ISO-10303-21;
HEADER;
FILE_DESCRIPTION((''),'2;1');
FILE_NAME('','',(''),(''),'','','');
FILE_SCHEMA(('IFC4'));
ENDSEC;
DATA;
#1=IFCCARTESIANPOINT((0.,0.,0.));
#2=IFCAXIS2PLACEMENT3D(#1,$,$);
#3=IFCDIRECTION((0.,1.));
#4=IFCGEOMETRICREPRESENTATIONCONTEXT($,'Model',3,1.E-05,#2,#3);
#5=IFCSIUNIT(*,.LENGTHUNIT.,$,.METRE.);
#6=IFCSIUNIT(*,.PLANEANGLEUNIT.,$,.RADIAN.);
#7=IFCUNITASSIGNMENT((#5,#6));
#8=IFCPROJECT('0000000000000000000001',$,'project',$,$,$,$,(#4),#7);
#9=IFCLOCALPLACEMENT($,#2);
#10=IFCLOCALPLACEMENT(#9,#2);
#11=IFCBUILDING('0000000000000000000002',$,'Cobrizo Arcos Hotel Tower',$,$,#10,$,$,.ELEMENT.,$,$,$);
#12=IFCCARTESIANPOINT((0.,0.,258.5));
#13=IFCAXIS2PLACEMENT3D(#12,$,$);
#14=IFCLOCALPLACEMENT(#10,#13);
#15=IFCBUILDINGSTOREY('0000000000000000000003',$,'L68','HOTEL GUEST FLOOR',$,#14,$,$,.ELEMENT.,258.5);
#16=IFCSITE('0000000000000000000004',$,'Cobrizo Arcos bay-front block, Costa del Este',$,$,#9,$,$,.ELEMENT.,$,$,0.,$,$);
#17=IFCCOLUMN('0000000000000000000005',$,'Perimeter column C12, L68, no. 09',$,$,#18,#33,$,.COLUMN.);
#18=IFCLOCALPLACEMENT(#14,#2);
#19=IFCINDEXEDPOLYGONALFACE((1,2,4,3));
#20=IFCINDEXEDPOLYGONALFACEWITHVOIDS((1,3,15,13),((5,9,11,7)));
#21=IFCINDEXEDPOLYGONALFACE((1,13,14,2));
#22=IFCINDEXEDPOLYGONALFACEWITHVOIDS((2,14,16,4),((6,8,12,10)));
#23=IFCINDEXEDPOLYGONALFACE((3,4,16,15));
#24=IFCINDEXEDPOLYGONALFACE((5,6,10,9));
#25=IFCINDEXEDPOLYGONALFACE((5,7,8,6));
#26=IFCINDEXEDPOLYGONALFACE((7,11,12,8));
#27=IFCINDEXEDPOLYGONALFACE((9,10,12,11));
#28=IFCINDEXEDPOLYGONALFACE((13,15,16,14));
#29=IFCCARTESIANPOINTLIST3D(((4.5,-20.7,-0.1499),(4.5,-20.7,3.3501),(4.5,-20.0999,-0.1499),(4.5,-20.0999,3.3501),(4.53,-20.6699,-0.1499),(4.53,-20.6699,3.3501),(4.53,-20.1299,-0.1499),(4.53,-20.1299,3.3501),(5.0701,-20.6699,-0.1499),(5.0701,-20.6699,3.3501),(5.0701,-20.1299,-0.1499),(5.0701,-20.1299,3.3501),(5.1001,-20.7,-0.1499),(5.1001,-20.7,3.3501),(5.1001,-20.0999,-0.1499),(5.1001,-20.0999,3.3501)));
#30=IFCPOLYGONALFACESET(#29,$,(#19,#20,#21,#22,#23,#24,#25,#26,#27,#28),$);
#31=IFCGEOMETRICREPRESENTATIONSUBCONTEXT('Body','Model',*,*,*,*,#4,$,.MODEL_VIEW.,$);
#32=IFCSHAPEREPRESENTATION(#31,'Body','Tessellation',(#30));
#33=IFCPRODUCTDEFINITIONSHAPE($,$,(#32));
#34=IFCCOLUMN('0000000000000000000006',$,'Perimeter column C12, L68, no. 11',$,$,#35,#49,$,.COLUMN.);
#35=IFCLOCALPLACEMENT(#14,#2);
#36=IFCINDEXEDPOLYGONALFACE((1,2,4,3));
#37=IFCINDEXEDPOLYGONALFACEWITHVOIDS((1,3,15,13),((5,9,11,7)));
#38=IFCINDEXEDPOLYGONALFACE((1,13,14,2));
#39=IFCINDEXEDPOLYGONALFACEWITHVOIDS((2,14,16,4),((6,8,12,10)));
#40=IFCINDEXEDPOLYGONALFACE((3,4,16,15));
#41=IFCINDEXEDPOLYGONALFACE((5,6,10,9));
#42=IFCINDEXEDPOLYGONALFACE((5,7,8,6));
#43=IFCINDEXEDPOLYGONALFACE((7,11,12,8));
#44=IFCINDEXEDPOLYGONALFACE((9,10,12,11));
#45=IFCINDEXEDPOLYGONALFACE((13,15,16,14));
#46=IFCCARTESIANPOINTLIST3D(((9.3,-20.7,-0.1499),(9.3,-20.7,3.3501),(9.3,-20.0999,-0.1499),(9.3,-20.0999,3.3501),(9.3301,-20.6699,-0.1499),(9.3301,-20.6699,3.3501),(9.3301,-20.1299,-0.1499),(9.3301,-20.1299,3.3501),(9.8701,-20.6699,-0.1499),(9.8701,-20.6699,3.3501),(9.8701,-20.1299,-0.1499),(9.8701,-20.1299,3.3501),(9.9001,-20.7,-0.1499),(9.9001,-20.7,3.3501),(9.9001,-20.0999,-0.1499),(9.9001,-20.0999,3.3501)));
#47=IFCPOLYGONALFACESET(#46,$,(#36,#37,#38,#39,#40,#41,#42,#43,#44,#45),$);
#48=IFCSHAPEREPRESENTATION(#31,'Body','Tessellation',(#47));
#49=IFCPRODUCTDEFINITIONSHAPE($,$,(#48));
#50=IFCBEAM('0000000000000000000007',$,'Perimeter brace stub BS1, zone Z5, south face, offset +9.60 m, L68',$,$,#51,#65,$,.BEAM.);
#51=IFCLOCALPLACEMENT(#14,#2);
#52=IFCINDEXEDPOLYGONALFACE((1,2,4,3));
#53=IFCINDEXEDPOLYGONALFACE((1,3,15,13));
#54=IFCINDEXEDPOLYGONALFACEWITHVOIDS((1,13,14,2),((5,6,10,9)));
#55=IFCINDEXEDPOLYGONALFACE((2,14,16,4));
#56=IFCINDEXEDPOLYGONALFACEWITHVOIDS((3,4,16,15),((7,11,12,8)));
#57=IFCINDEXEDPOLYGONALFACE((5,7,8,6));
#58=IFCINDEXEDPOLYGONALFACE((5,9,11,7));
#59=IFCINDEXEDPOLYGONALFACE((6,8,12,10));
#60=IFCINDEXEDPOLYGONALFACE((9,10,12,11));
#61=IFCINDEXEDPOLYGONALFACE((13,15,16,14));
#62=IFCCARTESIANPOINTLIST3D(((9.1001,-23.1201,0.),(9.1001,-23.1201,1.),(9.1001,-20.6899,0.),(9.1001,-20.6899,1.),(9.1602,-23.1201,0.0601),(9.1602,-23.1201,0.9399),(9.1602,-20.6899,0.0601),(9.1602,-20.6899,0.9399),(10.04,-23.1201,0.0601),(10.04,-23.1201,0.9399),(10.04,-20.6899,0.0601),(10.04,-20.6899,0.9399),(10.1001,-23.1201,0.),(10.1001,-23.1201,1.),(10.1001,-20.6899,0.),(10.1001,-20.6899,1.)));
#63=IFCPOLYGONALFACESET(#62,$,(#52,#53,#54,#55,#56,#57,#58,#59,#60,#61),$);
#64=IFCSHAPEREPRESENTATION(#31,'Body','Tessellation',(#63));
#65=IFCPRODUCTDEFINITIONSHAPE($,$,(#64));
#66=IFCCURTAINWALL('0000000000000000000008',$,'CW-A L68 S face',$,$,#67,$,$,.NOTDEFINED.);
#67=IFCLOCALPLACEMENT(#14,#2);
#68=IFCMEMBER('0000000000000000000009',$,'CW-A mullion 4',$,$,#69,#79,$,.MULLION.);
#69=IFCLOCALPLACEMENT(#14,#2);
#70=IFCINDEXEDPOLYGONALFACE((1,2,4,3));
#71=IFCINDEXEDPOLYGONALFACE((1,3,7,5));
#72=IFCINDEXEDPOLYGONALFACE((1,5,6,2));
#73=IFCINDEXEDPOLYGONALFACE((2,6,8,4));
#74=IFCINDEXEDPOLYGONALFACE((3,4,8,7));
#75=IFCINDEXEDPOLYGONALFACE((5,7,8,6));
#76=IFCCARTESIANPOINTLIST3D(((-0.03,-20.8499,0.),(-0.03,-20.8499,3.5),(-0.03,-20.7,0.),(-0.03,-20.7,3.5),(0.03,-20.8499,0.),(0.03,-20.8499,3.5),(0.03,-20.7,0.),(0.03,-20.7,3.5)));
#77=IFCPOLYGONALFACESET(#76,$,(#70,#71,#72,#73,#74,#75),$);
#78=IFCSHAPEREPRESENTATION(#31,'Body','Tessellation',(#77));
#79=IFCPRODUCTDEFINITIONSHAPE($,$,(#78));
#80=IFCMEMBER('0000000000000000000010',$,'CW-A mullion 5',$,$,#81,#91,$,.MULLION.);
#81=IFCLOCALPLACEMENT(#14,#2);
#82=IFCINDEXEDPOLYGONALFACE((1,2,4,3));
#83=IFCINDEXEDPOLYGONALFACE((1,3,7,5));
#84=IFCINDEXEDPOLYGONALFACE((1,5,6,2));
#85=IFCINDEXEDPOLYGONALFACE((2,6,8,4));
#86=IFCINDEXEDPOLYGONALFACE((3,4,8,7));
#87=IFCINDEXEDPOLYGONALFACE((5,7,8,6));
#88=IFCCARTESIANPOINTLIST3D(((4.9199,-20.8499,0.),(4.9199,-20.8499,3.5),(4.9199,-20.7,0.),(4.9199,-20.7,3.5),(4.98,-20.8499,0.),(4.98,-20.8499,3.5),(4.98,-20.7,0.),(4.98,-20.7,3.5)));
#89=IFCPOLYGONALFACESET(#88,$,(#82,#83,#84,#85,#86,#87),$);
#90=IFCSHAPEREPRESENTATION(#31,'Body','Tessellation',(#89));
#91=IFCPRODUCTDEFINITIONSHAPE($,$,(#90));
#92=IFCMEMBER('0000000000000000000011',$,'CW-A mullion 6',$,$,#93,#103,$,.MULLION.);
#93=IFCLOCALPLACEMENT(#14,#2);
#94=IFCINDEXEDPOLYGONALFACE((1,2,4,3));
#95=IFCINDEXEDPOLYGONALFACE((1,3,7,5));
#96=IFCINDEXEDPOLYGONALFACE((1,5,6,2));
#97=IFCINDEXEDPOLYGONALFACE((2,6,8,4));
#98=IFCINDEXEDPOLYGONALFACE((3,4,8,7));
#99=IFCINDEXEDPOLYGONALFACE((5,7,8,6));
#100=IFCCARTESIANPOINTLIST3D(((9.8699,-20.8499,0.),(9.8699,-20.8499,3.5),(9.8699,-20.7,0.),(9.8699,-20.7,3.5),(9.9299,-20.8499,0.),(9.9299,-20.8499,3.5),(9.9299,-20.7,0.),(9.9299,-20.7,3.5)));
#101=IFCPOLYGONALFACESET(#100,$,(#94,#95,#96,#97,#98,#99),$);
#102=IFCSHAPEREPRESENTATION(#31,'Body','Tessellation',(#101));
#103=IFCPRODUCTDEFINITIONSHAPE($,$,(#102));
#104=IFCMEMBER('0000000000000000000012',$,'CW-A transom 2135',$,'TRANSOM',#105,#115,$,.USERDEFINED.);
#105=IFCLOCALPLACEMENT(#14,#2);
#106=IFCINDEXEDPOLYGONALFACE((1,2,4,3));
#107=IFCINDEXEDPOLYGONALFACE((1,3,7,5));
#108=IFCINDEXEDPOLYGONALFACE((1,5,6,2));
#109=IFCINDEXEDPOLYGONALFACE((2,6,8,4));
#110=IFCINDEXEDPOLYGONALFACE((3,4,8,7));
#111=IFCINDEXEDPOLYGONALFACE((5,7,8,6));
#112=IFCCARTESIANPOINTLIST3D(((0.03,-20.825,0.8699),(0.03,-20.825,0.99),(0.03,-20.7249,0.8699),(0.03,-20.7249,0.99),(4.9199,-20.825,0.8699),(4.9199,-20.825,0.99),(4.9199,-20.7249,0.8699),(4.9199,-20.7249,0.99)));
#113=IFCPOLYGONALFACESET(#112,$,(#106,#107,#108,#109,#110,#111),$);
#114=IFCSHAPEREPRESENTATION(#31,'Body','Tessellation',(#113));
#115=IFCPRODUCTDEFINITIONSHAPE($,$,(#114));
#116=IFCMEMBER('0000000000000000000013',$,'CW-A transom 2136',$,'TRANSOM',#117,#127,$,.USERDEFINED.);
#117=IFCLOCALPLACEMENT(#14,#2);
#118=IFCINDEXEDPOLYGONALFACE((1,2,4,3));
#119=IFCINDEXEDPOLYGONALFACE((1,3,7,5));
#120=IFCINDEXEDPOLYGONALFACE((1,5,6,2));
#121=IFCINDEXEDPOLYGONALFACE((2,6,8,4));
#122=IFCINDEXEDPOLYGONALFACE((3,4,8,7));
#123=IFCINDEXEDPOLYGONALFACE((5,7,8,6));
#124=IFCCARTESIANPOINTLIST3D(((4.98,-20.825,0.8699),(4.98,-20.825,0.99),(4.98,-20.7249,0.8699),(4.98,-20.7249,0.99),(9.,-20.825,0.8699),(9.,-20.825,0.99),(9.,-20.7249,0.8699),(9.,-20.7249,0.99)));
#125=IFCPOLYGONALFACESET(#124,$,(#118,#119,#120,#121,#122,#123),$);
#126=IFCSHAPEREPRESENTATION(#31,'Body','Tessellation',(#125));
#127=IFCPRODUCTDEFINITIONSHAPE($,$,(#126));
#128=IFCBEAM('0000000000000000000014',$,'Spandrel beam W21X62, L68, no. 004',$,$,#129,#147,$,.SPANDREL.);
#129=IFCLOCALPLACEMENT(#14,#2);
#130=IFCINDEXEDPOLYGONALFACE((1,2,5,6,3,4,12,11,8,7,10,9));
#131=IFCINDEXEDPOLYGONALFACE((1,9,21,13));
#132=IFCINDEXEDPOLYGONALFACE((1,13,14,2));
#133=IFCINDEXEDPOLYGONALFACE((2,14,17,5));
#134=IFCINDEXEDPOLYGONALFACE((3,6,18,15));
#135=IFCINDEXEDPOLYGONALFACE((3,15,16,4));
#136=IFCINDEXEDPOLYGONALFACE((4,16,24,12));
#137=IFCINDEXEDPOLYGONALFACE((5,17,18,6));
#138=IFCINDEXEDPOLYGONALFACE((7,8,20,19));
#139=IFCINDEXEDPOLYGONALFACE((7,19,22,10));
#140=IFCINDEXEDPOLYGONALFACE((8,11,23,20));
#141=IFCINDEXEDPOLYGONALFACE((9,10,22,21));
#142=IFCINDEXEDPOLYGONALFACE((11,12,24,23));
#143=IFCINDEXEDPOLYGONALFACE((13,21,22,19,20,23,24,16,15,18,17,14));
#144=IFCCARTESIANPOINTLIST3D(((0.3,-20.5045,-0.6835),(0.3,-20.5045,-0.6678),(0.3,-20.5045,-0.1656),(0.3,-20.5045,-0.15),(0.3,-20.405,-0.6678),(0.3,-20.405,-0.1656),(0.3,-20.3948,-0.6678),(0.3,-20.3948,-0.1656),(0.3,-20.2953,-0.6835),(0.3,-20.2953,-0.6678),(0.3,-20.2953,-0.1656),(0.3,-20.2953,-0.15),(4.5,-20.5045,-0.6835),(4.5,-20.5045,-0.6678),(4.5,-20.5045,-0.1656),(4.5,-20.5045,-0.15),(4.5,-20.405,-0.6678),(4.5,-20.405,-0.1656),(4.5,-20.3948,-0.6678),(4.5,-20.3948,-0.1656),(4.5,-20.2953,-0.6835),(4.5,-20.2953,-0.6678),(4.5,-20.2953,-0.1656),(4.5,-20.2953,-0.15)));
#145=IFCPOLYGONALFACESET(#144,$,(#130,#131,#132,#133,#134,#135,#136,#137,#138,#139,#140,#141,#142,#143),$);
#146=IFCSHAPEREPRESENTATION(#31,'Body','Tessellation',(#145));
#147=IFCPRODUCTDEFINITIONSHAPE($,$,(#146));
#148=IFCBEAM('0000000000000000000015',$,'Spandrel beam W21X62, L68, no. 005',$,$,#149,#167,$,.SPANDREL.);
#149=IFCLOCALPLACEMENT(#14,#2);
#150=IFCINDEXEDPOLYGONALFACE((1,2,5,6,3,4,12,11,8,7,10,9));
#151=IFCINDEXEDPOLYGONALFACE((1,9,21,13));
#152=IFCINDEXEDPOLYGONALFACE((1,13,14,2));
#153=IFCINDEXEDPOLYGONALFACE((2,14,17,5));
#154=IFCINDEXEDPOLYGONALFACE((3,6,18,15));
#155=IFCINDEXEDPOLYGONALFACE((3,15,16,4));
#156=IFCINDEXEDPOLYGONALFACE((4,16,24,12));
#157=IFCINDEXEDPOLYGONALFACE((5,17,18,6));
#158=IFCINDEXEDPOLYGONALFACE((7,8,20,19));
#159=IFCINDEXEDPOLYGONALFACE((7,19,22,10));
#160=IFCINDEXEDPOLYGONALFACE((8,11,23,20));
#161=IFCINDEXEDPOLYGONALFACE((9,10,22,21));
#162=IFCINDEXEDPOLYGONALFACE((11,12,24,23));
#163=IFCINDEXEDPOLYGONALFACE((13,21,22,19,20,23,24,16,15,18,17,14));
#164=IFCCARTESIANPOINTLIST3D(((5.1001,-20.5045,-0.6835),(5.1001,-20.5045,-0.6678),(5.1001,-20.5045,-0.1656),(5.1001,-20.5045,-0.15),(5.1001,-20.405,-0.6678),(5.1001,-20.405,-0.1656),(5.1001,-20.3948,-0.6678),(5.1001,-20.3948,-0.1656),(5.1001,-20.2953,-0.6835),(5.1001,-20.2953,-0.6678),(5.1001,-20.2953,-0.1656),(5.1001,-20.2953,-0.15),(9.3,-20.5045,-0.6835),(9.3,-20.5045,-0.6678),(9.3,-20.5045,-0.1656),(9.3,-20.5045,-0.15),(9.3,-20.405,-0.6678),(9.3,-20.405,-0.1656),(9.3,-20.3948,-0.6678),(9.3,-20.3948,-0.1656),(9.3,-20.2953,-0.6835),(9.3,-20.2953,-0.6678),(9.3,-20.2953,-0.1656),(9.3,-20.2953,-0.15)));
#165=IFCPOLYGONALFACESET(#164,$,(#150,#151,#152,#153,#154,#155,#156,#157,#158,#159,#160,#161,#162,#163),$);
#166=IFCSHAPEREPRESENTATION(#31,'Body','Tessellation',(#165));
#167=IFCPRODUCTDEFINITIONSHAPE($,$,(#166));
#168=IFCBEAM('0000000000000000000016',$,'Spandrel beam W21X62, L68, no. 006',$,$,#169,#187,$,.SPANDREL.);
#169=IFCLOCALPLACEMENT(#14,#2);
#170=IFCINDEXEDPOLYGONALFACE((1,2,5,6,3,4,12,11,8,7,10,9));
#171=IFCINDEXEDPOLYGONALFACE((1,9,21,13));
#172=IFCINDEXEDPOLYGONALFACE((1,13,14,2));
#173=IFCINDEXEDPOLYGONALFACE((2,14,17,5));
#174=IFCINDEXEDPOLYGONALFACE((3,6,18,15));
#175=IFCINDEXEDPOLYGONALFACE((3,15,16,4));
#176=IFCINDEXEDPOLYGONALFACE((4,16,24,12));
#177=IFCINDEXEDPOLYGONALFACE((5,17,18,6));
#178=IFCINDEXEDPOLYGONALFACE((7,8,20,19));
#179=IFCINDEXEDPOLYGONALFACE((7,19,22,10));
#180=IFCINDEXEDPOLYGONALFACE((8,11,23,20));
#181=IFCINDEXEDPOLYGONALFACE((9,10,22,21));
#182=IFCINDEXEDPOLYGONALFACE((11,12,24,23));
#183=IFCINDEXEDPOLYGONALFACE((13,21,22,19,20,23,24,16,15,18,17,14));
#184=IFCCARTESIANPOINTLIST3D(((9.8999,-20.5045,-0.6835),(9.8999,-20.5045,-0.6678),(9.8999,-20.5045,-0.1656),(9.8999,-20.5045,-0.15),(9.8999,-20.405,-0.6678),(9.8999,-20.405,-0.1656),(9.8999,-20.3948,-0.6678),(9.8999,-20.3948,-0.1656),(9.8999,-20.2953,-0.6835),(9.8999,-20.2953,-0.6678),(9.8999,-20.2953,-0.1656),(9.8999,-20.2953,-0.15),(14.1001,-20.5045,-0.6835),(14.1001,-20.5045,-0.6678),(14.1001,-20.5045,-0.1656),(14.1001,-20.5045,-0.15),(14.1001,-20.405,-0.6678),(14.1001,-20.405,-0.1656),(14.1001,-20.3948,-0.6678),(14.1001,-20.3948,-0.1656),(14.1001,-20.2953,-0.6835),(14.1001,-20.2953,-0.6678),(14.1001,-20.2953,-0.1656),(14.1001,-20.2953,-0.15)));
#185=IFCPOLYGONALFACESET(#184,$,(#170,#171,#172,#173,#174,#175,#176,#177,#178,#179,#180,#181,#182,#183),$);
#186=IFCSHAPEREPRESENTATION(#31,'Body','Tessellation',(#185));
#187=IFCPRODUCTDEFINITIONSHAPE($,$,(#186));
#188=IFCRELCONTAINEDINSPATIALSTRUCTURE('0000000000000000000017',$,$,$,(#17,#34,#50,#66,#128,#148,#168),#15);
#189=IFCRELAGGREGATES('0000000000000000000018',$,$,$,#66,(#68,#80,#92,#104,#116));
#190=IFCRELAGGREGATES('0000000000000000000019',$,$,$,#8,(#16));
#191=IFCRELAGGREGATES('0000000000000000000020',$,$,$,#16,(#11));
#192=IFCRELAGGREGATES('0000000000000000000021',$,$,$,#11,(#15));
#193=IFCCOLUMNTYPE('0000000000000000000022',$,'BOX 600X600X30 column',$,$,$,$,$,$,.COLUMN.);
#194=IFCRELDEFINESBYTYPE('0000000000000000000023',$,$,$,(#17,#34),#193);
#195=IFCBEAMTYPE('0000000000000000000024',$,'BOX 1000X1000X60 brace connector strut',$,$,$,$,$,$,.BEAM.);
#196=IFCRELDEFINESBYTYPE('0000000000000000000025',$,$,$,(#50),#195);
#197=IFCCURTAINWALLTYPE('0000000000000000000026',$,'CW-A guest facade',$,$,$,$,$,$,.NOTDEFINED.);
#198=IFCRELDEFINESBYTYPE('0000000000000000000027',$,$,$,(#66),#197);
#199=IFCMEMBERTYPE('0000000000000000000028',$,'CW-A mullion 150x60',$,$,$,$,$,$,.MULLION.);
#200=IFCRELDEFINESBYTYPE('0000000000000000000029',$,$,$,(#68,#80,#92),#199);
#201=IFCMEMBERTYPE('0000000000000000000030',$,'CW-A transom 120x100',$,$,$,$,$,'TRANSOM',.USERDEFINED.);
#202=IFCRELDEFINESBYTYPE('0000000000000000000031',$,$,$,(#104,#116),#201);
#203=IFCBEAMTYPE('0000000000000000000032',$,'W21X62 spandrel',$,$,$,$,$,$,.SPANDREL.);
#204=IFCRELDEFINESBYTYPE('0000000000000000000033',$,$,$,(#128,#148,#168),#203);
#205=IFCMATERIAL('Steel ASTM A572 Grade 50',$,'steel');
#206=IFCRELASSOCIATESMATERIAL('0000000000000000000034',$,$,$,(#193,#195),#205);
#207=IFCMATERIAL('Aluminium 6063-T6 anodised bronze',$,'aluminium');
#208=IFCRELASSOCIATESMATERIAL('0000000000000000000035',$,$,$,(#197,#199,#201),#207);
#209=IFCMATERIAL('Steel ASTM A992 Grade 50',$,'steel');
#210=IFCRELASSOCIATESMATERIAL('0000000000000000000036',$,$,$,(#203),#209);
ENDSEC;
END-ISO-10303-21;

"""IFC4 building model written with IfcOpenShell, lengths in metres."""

from ifc_helpers import new_model, si_unit, direction, frame, origin, origin_2d, place, context, subcontext, project, spatial, rectangle, hollow_rectangle, i_section, extrude, material, material_profile, profile_set, type_object, element, aggregate, save


model = new_model("IFC4")

# Units and contexts
model_context = context("Model", 3, precision=1e-05, world=origin(), true_north=direction((0.0, 1.0)))
body_context = subcontext(model_context, "Body", "Model", "MODEL_VIEW")
ifc_project = project(units=[si_unit("LENGTHUNIT", "METRE"), si_unit("PLANEANGLEUNIT", "RADIAN")], contexts=[model_context])

# Site, building, storey
site_placement = place(None, origin())
site = spatial("IfcSite", under=ifc_project, at=site_placement, Name="Cobrizo Arcos bay-front block, Costa del Este", CompositionType="ELEMENT", RefElevation=0.0)
building_placement = place(site_placement, origin())
building = spatial("IfcBuilding", under=site, at=building_placement, Name="Cobrizo Arcos Hotel Tower", CompositionType="ELEMENT")
storey_placement = place(building_placement, frame((0.0, 0.0, 258.5)))
storey = spatial("IfcBuildingStorey", under=building, at=storey_placement, Name="L68", Description="HOTEL GUEST FLOOR", CompositionType="ELEMENT", Elevation=258.5)

# Columns
ifc_material_1 = material(Name="Steel ASTM A572 Grade 50", Category="steel")
ifc_material_profile_1 = material_profile(ifc_material_1, hollow_rectangle(XDim=0.6001, YDim=0.6001, WallThickness=0.03, at=origin_2d()), Name="BOX 600X600X30")
ifc_profile_set_1 = profile_set([ifc_material_profile_1], Name="Steel ASTM A572 Grade 50")
column_type = type_object("IfcColumnType", Name="BOX 600X600X30 column", PredefinedType="COLUMN", material=ifc_profile_set_1)
for number, where, z_axis, x_axis, name in (
    (1, (4.8, -20.3999, -0.1499), (0.0, 0.0, 1.0), (1.0, 0.0, 0.0), "Perimeter column C12, L68, no. 09"),
    (2, (9.6001, -20.3999, -0.1499), (0.0, 0.0, 1.0), (1.0, 0.0, 0.0), "Perimeter column C12, L68, no. 11"),
):
    element("IfcColumn", number, at=place(storey_placement, frame(where, z_axis=z_axis, x_axis=x_axis)), inside=storey, type_object=column_type, Name=name, PredefinedType="COLUMN", context=body_context, shape_type="SweptSolid", body=[
        extrude(hollow_rectangle(XDim=0.6001, YDim=0.6001, WallThickness=0.03, at=origin_2d()), origin(), (0.0, 0.0, 1.0), 3.5),
    ])

# Beam
ifc_material_profile_2 = material_profile(ifc_material_1, hollow_rectangle(XDim=1.0, YDim=1.0, WallThickness=0.0601, at=origin_2d()), Name="BOX 1000X1000X60")
ifc_profile_set_2 = profile_set([ifc_material_profile_2], Name="Steel ASTM A572 Grade 50")
beam_type_1 = type_object("IfcBeamType", Name="BOX 1000X1000X60 brace connector strut", PredefinedType="BEAM", material=ifc_profile_set_2)
beam_1_placement = place(storey_placement, frame((9.6001, -20.6899, 0.5), z_axis=(0.0, -1.0, 0.0), x_axis=(1.0, 0.0, 0.0)))
element("IfcBeam", 3, at=beam_1_placement, inside=storey, type_object=beam_type_1, Name="Perimeter brace stub BS1, zone Z5, south face, offset +9.60 m, L68", PredefinedType="BEAM", context=body_context, shape_type="SweptSolid", body=[
    extrude(hollow_rectangle(XDim=1.0, YDim=1.0, WallThickness=0.0601, at=origin_2d()), origin(), (0.0, 0.0, 1.0), 2.4302),
])

# Curtain wall, members
ifc_material_2 = material(Name="Aluminium 6063-T6 anodised bronze", Category="aluminium")
curtain_wall_type = type_object("IfcCurtainWallType", Name="CW-A guest facade", PredefinedType="NOTDEFINED", material=ifc_material_2)
curtain_wall_placement = place(storey_placement, origin())
curtain_wall = element("IfcCurtainWall", 4, at=curtain_wall_placement, inside=storey, type_object=curtain_wall_type, Name="CW-A L68 S face", PredefinedType="NOTDEFINED")
ifc_material_profile_3 = material_profile(ifc_material_2, rectangle(XDim=0.1499, YDim=0.0601, at=origin_2d()), Name="CW-A mullion 150x60")
ifc_profile_set_3 = profile_set([ifc_material_profile_3], Name="Aluminium 6063-T6 anodised bronze")
member_type_1 = type_object("IfcMemberType", Name="CW-A mullion 150x60", PredefinedType="MULLION", material=ifc_profile_set_3)
member_1_placement = place(storey_placement, frame((0.0, -20.7749, 0.0), z_axis=(0.0, 0.0, 1.0), x_axis=(0.0, -1.0, 0.0)))
member_1 = element("IfcMember", 5, at=member_1_placement, type_object=member_type_1, Name="CW-A mullion 4", PredefinedType="MULLION", context=body_context, shape_type="SweptSolid", body=[
    extrude(rectangle(XDim=0.1499, YDim=0.0601, at=origin_2d()), origin(), (0.0, 0.0, 1.0), 3.5),
])
member_2_placement = place(storey_placement, frame((4.95, -20.7749, 0.0), z_axis=(0.0, 0.0, 1.0), x_axis=(0.0, -1.0, 0.0)))
member_2 = element("IfcMember", 6, at=member_2_placement, type_object=member_type_1, Name="CW-A mullion 5", PredefinedType="MULLION", context=body_context, shape_type="SweptSolid", body=[
    extrude(rectangle(XDim=0.1499, YDim=0.0601, at=origin_2d()), origin(), (0.0, 0.0, 1.0), 3.5),
])
member_3_placement = place(storey_placement, frame((9.8999, -20.7749, 0.0), z_axis=(0.0, 0.0, 1.0), x_axis=(0.0, -1.0, 0.0)))
member_3 = element("IfcMember", 7, at=member_3_placement, type_object=member_type_1, Name="CW-A mullion 6", PredefinedType="MULLION", context=body_context, shape_type="SweptSolid", body=[
    extrude(rectangle(XDim=0.1499, YDim=0.0601, at=origin_2d()), origin(), (0.0, 0.0, 1.0), 3.5),
])
ifc_material_profile_4 = material_profile(ifc_material_2, rectangle(XDim=0.1001, YDim=0.1201, at=origin_2d()), Name="CW-A transom 120x100")
ifc_profile_set_4 = profile_set([ifc_material_profile_4], Name="Aluminium 6063-T6 anodised bronze")
member_type_2 = type_object("IfcMemberType", Name="CW-A transom 120x100", ElementType="TRANSOM", PredefinedType="USERDEFINED", material=ifc_profile_set_4)
member_4_placement = place(storey_placement, frame((0.03, -20.7749, 0.9299), z_axis=(1.0, 0.0, 0.0), x_axis=(0.0, 1.0, 0.0)))
member_4 = element("IfcMember", 8, at=member_4_placement, type_object=member_type_2, Name="CW-A transom 2135", ObjectType="TRANSOM", PredefinedType="USERDEFINED", context=body_context, shape_type="SweptSolid", body=[
    extrude(rectangle(XDim=0.1001, YDim=0.1201, at=origin_2d()), origin(), (0.0, 0.0, 1.0), 4.8899),
])
member_5_placement = place(storey_placement, frame((4.98, -20.7749, 0.9299), z_axis=(1.0, 0.0, 0.0), x_axis=(0.0, 1.0, 0.0)))
member_5 = element("IfcMember", 9, at=member_5_placement, type_object=member_type_2, Name="CW-A transom 2136", ObjectType="TRANSOM", PredefinedType="USERDEFINED", context=body_context, shape_type="SweptSolid", body=[
    extrude(rectangle(XDim=0.1001, YDim=0.1201, at=origin_2d()), origin(), (0.0, 0.0, 1.0), 4.02),
])

# Beams
ifc_material_3 = material(Name="Steel ASTM A992 Grade 50", Category="steel")
ifc_material_profile_5 = material_profile(ifc_material_3, i_section(OverallWidth=0.2092, OverallDepth=0.5334, WebThickness=0.0103, FlangeThickness=0.0156, at=origin_2d()), Name="W21X62")
ifc_profile_set_5 = profile_set([ifc_material_profile_5], Name="Steel ASTM A992 Grade 50")
beam_type_2 = type_object("IfcBeamType", Name="W21X62 spandrel", PredefinedType="SPANDREL", material=ifc_profile_set_5)
for number, where, z_axis, x_axis, name in (
    (10, (0.3, -20.3999, -0.4167), (1.0, 0.0, 0.0), (0.0, 1.0, 0.0), "Spandrel beam W21X62, L68, no. 004"),
    (11, (5.1001, -20.3999, -0.4167), (1.0, 0.0, 0.0), (0.0, 1.0, 0.0), "Spandrel beam W21X62, L68, no. 005"),
):
    element("IfcBeam", number, at=place(storey_placement, frame(where, z_axis=z_axis, x_axis=x_axis)), inside=storey, type_object=beam_type_2, Name=name, PredefinedType="SPANDREL", context=body_context, shape_type="SweptSolid", body=[
        extrude(i_section(OverallWidth=0.2092, OverallDepth=0.5334, WebThickness=0.0103, FlangeThickness=0.0156, at=origin_2d()), origin(), (0.0, 0.0, 1.0), 4.2),
    ])
beam_2_placement = place(storey_placement, frame((9.8999, -20.3999, -0.4167), z_axis=(1.0, 0.0, 0.0), x_axis=(0.0, 1.0, 0.0)))
element("IfcBeam", 12, at=beam_2_placement, inside=storey, type_object=beam_type_2, Name="Spandrel beam W21X62, L68, no. 006", PredefinedType="SPANDREL", context=body_context, shape_type="SweptSolid", body=[
    extrude(i_section(OverallWidth=0.2092, OverallDepth=0.5334, WebThickness=0.0103, FlangeThickness=0.0156, at=origin_2d()), origin(), (0.0, 0.0, 1.0), 4.2002),
])

aggregate(curtain_wall, [member_1, member_2, member_3, member_4, member_5])

save(model, "model.ifc")
